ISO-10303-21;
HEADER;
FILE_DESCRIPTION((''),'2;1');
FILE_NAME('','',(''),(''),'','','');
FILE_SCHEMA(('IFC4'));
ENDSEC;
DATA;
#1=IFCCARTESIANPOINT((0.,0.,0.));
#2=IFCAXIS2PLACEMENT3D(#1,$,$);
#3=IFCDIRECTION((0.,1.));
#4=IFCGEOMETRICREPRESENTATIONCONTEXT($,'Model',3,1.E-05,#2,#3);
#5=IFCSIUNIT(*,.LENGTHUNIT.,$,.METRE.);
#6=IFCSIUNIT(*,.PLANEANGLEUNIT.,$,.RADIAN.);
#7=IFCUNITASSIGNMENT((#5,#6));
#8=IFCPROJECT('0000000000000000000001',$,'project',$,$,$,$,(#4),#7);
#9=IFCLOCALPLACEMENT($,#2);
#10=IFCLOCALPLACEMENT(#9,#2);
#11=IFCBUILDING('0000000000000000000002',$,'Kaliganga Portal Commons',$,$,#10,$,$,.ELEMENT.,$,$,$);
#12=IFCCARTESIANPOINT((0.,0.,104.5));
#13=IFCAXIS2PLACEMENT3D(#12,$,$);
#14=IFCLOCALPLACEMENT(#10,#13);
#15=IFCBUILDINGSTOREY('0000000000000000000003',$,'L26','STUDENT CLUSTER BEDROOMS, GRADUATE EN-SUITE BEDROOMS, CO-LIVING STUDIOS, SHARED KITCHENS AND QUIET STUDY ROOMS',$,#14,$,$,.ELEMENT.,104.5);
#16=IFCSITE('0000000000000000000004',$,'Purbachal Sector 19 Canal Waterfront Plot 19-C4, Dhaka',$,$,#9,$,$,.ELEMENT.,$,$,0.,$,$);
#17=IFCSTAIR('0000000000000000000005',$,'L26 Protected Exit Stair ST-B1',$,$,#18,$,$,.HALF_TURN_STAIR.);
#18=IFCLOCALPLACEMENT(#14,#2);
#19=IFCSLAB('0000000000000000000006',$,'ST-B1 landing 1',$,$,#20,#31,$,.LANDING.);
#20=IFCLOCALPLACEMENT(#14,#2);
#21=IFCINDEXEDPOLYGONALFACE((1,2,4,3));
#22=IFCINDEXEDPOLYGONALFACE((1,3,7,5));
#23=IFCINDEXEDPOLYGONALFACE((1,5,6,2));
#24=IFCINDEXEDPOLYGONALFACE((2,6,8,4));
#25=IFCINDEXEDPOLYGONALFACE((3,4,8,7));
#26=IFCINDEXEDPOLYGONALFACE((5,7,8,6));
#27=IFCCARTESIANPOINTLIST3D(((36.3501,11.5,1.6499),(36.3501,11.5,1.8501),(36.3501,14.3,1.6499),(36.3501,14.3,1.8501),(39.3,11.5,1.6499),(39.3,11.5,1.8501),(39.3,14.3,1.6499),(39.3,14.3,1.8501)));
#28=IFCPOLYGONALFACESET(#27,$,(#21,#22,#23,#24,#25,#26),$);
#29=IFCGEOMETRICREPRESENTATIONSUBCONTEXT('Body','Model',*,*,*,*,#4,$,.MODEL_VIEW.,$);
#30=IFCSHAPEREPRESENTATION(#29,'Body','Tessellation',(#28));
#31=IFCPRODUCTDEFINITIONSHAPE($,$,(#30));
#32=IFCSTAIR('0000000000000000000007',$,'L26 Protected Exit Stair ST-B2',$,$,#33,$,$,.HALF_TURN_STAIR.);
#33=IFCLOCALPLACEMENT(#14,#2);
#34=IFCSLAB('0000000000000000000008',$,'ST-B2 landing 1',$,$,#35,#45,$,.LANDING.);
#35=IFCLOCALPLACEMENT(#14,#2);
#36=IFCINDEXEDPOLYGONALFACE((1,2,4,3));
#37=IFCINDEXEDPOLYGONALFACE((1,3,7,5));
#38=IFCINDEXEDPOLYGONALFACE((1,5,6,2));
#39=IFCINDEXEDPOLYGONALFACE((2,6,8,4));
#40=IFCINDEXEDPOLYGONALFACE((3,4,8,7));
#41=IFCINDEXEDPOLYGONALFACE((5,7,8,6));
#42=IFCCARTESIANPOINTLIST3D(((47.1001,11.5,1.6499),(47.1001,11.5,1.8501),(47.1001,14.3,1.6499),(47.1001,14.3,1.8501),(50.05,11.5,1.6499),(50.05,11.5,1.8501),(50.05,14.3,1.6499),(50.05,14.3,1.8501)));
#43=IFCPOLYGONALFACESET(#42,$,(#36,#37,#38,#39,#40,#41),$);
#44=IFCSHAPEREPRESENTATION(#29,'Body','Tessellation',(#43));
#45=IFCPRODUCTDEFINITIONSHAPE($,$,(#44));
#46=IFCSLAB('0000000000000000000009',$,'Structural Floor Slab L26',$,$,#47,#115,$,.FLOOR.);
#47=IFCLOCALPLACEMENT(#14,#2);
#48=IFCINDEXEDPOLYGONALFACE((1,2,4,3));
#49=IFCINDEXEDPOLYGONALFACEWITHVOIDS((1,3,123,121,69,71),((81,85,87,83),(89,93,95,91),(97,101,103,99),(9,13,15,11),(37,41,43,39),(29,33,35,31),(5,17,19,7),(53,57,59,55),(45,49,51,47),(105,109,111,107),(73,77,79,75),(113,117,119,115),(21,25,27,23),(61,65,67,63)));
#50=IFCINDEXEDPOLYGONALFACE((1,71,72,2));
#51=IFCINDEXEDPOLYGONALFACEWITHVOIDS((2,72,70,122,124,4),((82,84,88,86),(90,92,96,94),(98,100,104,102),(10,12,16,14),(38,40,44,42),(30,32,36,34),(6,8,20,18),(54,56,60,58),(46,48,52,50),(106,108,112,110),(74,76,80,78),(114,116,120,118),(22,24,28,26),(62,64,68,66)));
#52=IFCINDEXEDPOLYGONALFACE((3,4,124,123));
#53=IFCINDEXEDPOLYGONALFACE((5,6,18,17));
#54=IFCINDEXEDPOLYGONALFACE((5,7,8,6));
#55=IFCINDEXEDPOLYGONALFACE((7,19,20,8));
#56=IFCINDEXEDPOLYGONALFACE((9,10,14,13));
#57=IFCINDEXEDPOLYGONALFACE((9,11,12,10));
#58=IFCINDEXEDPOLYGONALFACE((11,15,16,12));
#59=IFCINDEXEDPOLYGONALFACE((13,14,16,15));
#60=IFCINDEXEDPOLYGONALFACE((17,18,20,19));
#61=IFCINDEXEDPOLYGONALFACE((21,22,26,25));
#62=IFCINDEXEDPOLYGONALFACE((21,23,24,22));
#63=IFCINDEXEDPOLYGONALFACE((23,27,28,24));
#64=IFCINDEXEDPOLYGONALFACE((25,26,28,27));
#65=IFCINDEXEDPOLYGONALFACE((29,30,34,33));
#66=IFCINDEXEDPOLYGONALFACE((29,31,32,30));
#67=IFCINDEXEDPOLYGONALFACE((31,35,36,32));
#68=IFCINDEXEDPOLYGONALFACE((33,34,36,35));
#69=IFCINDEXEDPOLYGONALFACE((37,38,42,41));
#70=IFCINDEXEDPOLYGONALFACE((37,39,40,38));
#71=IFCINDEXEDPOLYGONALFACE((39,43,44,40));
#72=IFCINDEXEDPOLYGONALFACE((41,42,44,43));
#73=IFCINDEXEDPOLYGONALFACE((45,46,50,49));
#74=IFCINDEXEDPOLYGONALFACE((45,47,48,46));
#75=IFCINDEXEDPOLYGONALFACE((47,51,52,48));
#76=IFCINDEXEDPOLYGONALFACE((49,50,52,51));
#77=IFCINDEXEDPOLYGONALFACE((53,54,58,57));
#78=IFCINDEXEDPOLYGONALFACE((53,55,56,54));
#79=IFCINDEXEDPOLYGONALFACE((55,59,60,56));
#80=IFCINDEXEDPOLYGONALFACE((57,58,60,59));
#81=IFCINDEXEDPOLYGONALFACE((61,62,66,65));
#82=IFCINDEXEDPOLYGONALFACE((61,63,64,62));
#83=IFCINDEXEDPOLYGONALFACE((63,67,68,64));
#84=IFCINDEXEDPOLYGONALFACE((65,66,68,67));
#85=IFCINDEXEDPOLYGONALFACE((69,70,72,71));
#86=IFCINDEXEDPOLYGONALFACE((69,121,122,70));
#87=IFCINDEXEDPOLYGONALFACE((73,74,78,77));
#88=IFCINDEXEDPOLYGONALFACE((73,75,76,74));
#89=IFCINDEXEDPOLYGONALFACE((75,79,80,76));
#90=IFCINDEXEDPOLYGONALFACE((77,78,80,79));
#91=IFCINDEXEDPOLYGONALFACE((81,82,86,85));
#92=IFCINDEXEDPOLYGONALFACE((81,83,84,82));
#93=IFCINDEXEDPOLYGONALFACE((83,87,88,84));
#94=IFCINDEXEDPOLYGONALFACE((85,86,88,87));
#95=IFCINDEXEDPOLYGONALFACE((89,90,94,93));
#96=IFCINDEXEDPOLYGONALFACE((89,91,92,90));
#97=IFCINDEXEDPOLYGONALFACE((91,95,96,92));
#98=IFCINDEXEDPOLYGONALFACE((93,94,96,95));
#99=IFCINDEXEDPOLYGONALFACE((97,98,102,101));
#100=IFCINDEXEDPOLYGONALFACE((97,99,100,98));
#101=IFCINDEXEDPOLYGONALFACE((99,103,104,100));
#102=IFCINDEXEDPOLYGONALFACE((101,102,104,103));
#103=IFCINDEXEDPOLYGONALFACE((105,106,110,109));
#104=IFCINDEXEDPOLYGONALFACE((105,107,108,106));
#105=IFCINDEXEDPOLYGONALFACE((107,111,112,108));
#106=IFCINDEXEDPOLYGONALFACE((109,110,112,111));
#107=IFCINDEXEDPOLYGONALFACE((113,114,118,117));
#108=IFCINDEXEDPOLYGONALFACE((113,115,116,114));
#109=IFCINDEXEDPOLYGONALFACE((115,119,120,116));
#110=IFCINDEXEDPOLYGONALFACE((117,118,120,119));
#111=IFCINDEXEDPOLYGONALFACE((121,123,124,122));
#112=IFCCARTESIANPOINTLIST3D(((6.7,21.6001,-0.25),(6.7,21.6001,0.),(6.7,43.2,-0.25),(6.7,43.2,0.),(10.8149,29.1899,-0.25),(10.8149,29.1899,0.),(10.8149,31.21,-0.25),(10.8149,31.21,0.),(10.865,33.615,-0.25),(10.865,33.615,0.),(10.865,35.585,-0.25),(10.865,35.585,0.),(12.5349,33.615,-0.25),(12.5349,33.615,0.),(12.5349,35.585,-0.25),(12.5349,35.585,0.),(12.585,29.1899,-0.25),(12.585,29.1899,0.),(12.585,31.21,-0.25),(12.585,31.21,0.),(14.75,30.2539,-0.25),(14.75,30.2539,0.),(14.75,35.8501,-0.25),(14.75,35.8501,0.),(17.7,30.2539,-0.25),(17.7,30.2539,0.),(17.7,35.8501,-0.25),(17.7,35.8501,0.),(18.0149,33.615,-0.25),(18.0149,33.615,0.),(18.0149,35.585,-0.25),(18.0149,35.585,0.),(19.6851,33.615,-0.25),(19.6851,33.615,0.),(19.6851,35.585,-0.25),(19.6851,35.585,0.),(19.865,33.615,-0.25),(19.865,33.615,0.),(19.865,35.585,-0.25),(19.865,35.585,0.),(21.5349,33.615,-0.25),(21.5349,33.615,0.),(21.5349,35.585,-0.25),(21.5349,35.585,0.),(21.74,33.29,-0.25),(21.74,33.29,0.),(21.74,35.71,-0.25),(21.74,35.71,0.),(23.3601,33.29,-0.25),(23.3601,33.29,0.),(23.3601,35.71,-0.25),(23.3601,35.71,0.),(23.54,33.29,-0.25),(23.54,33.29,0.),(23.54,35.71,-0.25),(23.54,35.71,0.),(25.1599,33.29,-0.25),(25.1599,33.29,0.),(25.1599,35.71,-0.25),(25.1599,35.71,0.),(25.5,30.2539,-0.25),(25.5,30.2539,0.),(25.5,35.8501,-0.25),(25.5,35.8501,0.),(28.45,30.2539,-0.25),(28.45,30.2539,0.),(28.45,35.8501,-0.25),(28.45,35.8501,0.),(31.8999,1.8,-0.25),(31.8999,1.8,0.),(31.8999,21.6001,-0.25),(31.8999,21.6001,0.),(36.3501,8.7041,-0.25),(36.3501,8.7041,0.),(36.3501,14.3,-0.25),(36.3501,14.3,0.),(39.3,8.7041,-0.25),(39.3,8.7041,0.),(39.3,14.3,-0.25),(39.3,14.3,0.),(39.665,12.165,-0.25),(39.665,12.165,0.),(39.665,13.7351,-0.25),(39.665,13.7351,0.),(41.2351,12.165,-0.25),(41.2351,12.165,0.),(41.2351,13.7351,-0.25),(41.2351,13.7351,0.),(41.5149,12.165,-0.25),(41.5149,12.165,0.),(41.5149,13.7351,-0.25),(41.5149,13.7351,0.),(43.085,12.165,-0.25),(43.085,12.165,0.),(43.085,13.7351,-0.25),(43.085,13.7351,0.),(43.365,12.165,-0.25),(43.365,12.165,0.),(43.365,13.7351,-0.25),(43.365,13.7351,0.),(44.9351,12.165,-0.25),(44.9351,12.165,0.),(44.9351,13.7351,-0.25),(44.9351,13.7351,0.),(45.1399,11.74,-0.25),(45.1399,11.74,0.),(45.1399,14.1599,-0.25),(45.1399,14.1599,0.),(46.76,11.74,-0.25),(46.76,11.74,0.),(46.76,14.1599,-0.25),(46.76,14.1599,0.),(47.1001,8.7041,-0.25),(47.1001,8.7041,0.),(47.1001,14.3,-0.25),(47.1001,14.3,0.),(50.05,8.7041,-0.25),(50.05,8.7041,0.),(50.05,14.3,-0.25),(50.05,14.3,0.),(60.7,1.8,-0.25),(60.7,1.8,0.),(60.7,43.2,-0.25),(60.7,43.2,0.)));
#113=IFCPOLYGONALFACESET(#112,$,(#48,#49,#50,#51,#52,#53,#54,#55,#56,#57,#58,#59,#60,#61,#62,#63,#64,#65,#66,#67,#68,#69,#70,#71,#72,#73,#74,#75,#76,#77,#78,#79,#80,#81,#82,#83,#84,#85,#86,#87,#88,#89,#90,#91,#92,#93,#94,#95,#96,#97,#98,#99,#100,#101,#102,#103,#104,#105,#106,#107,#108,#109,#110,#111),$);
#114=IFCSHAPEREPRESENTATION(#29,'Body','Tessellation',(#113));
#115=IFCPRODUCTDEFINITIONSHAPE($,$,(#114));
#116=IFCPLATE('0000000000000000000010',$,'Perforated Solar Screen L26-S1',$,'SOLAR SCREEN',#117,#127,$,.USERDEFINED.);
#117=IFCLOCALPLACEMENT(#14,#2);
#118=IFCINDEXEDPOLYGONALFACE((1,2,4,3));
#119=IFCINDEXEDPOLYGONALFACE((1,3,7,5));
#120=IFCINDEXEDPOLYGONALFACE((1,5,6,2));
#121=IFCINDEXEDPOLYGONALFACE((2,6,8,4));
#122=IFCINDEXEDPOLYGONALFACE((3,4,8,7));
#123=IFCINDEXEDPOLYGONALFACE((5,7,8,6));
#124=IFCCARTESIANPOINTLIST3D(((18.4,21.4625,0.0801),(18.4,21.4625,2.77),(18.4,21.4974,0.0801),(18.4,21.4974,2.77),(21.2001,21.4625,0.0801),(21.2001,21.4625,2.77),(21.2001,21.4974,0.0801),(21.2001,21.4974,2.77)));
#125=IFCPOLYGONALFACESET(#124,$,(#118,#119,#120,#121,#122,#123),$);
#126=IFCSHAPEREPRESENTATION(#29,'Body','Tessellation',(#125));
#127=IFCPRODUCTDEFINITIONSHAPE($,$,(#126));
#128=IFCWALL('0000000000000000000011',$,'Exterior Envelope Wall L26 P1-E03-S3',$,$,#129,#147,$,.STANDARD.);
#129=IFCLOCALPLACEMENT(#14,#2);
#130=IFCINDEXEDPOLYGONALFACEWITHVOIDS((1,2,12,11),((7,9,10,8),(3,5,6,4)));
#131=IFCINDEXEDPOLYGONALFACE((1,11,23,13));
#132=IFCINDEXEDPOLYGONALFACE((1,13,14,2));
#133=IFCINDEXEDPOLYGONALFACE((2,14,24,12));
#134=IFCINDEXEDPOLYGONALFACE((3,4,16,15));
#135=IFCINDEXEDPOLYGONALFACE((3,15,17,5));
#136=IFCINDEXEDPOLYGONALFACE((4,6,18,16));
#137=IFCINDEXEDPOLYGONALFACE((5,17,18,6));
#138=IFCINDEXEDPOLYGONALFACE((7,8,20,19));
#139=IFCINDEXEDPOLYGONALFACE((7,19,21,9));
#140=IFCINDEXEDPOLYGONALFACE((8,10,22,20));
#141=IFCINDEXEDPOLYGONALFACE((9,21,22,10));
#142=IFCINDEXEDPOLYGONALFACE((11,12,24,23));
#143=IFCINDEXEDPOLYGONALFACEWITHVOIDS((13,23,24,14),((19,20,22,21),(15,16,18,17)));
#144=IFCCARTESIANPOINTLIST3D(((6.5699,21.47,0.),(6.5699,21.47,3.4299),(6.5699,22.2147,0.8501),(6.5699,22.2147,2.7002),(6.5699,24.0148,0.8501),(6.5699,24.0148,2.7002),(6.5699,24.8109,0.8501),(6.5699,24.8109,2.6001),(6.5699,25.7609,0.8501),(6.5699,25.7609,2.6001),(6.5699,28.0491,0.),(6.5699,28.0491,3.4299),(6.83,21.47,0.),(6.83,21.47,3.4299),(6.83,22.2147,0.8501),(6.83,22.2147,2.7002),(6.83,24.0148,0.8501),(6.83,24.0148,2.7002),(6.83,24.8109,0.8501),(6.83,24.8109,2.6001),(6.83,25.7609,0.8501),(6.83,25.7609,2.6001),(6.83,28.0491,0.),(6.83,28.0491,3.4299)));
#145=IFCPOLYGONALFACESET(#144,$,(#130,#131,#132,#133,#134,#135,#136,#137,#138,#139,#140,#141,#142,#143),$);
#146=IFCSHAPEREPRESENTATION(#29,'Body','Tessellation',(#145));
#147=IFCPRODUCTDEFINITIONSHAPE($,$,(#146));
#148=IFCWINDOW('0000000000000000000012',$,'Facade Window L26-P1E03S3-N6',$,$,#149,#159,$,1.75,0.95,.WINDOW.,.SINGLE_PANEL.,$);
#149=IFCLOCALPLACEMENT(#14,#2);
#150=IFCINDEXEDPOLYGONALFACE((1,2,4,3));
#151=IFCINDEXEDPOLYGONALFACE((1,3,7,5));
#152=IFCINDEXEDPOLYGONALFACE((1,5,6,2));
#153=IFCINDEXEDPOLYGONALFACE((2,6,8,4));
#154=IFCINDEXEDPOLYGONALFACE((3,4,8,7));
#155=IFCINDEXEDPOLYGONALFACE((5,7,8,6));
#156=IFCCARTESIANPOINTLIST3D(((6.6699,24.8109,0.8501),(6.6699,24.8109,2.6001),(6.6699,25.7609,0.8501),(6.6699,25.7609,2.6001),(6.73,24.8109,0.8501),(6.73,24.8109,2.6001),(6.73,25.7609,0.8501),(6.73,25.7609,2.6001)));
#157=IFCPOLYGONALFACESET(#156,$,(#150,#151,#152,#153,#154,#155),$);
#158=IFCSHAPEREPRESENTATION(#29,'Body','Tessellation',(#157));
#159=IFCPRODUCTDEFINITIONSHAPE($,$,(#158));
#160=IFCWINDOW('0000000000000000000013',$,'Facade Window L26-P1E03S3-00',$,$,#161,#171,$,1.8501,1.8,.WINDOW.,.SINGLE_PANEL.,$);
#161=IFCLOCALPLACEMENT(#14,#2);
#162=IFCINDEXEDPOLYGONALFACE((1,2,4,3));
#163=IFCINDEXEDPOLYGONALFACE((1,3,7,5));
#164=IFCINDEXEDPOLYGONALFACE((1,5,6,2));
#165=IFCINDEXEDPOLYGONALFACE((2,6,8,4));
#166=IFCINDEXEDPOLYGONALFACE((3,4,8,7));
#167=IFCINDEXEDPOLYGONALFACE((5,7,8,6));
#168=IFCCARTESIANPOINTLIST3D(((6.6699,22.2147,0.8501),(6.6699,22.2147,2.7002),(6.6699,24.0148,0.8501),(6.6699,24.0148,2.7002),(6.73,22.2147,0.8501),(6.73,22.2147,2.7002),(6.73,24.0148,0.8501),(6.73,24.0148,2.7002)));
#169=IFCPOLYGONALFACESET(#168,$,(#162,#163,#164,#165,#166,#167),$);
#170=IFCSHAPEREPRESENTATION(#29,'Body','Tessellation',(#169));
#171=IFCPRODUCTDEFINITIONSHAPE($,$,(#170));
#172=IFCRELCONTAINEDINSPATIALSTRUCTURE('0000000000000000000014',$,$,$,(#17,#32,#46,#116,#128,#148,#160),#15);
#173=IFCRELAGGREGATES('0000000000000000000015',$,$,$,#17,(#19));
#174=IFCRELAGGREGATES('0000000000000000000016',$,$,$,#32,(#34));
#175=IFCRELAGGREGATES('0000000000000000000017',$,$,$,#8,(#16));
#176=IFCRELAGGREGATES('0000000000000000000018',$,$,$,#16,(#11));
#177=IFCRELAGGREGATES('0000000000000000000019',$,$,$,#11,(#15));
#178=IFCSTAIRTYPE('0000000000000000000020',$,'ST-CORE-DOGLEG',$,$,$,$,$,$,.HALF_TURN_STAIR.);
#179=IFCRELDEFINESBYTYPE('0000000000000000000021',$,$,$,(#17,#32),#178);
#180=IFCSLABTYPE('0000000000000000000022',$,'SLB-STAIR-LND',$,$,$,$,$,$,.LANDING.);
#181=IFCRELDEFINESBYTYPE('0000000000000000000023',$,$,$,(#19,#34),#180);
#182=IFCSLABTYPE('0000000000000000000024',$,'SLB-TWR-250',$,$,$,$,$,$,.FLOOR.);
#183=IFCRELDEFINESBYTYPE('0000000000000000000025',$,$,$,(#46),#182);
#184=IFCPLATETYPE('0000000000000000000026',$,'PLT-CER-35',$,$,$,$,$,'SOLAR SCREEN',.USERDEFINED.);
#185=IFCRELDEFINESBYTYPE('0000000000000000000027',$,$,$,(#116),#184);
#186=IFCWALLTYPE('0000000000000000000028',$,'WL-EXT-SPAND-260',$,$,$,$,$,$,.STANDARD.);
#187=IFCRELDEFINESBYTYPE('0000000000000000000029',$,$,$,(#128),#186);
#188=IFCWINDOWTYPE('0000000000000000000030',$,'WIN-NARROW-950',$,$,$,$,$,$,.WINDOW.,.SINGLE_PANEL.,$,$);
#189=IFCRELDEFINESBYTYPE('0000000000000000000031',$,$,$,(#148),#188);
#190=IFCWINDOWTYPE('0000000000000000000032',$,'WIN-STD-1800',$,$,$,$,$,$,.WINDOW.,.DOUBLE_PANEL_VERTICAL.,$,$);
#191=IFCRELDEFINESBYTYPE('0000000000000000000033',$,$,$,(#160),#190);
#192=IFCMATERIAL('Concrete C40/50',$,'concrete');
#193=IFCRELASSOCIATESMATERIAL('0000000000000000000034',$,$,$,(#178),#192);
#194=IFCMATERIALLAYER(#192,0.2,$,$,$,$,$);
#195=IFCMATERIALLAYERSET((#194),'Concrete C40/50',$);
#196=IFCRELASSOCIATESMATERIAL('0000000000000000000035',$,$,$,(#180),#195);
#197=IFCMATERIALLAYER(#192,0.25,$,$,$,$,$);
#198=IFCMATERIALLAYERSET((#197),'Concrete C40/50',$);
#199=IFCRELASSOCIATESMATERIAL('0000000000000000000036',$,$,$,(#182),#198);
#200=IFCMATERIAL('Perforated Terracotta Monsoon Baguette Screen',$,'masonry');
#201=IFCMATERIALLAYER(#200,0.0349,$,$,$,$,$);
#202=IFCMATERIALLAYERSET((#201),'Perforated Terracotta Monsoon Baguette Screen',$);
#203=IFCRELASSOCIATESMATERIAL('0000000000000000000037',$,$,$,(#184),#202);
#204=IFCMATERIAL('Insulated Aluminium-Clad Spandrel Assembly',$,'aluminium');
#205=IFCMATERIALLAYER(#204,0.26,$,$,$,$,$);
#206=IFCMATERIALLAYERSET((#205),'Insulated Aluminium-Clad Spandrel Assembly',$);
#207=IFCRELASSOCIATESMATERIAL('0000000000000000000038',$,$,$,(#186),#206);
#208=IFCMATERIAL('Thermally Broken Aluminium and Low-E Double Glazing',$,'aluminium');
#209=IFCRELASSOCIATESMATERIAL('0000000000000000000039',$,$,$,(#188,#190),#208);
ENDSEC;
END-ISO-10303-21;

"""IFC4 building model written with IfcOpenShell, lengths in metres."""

from ifc_helpers import new_model, si_unit, direction, frame, frame_2d, origin, origin_2d, place, context, subcontext, project, spatial, polyline, rectangle, outline, extrude, source, transform, mapped, material, layer, layer_set, type_object, element, fill, aggregate, save


model = new_model("IFC4")

# Units and contexts
model_context = context("Model", 3, precision=1e-05, world=origin(), true_north=direction((0.0, 1.0)))
body_context = subcontext(model_context, "Body", "Model", "MODEL_VIEW")
ifc_project = project(units=[si_unit("LENGTHUNIT", "METRE"), si_unit("PLANEANGLEUNIT", "RADIAN")], contexts=[model_context])

# Site, building, storey
site_placement = place(None, origin())
site = spatial("IfcSite", under=ifc_project, at=site_placement, Name="Purbachal Sector 19 Canal Waterfront Plot 19-C4, Dhaka", CompositionType="ELEMENT", RefElevation=0.0)
building_placement = place(site_placement, origin())
building = spatial("IfcBuilding", under=site, at=building_placement, Name="Kaliganga Portal Commons", CompositionType="ELEMENT")
storey_placement = place(building_placement, frame((0.0, 0.0, 104.5)))
storey = spatial("IfcBuildingStorey", under=building, at=storey_placement, Name="L26", Description="STUDENT CLUSTER BEDROOMS, GRADUATE EN-SUITE BEDROOMS, CO-LIVING STUDIOS, SHARED KITCHENS AND QUIET STUDY ROOMS", CompositionType="ELEMENT", Elevation=104.5)

# Shared definitions
ifc_material_1 = material(Name="Concrete C40/50", Category="concrete")

# Stairs, slabs
stair_type = type_object("IfcStairType", Name="ST-CORE-DOGLEG", PredefinedType="HALF_TURN_STAIR", material=ifc_material_1)
ifc_layer_1 = layer(ifc_material_1, 0.2)
ifc_layer_set_1 = layer_set([ifc_layer_1], Name="Concrete C40/50")
slab_type_1 = type_object("IfcSlabType", Name="SLB-STAIR-LND", PredefinedType="LANDING", material=ifc_layer_set_1)
stair_1_placement = place(storey_placement, origin())
stair_1 = element("IfcStair", 1, at=stair_1_placement, inside=storey, type_object=stair_type, Name="L26 Protected Exit Stair ST-B1", PredefinedType="HALF_TURN_STAIR")
slab_1_placement = place(storey_placement, frame((0.0, 0.0, 1.6499)))
slab_1 = element("IfcSlab", 2, at=slab_1_placement, type_object=slab_type_1, Name="ST-B1 landing 1", PredefinedType="LANDING", context=body_context, shape_type="SweptSolid", body=[
    extrude(outline(polyline([(39.3, 11.5), (39.3, 14.3), (36.3501, 14.3), (36.3501, 11.5), (39.3, 11.5)])), origin(), (0.0, 0.0, 1.0), 0.2002),
])
aggregate(stair_1, [slab_1])
stair_2_placement = place(storey_placement, origin())
stair_2 = element("IfcStair", 3, at=stair_2_placement, inside=storey, type_object=stair_type, Name="L26 Protected Exit Stair ST-B2", PredefinedType="HALF_TURN_STAIR")
slab_2_placement = place(storey_placement, frame((0.0, 0.0, 1.6499)))
slab_2 = element("IfcSlab", 4, at=slab_2_placement, type_object=slab_type_1, Name="ST-B2 landing 1", PredefinedType="LANDING", context=body_context, shape_type="SweptSolid", body=[
    extrude(outline(polyline([(50.05, 11.5), (50.05, 14.3), (47.1001, 14.3), (47.1001, 11.5), (50.05, 11.5)])), origin(), (0.0, 0.0, 1.0), 0.2002),
])
aggregate(stair_2, [slab_2])

# Slab
ifc_layer_2 = layer(ifc_material_1, 0.25)
ifc_layer_set_2 = layer_set([ifc_layer_2], Name="Concrete C40/50")
slab_type_2 = type_object("IfcSlabType", Name="SLB-TWR-250", PredefinedType="FLOOR", material=ifc_layer_set_2)
slab_3_placement = place(storey_placement, frame((0.0, 0.0, -0.25)))
element("IfcSlab", 5, at=slab_3_placement, inside=storey, type_object=slab_type_2, Name="Structural Floor Slab L26", PredefinedType="FLOOR", context=body_context, shape_type="SweptSolid", body=[
    extrude(outline(polyline([(31.8999, 1.8), (60.7, 1.8), (60.7, 43.2), (6.7, 43.2), (6.7, 21.6001), (31.8999, 21.6001), (31.8999, 1.8)]), holes=[polyline([(14.75, 30.2539), (14.75, 35.8501), (17.7, 35.8501), (17.7, 30.2539), (14.75, 30.2539)]), polyline([(25.5, 30.2539), (25.5, 35.8501), (28.45, 35.8501), (28.45, 30.2539), (25.5, 30.2539)]), polyline([(36.3501, 8.7041), (36.3501, 14.3), (39.3, 14.3), (39.3, 8.7041), (36.3501, 8.7041)]), polyline([(47.1001, 8.7041), (47.1001, 14.3), (50.05, 14.3), (50.05, 8.7041), (47.1001, 8.7041)]), polyline([(18.0149, 33.615), (18.0149, 35.585), (19.6851, 35.585), (19.6851, 33.615), (18.0149, 33.615)]), polyline([(19.865, 33.615), (19.865, 35.585), (21.5349, 35.585), (21.5349, 33.615), (19.865, 33.615)]), polyline([(10.8149, 29.1899), (10.8149, 31.21), (12.585, 31.21), (12.585, 29.1899), (10.8149, 29.1899)]), polyline([(10.865, 33.615), (10.865, 35.585), (12.5349, 35.585), (12.5349, 33.615), (10.865, 33.615)]), polyline([(21.74, 33.29), (21.74, 35.71), (23.3601, 35.71), (23.3601, 33.29), (21.74, 33.29)]), polyline([(23.54, 33.29), (23.54, 35.71), (25.1599, 35.71), (25.1599, 33.29), (23.54, 33.29)]), polyline([(39.665, 12.165), (39.665, 13.7351), (41.2351, 13.7351), (41.2351, 12.165), (39.665, 12.165)]), polyline([(41.5149, 12.165), (41.5149, 13.7351), (43.085, 13.7351), (43.085, 12.165), (41.5149, 12.165)]), polyline([(43.365, 12.165), (43.365, 13.7351), (44.9351, 13.7351), (44.9351, 12.165), (43.365, 12.165)]), polyline([(45.1399, 11.74), (45.1399, 14.1599), (46.76, 14.1599), (46.76, 11.74), (45.1399, 11.74)])]), origin(), (0.0, 0.0, 1.0), 0.25),
])

# Plate
ifc_material_2 = material(Name="Perforated Terracotta Monsoon Baguette Screen", Category="masonry")
ifc_layer_3 = layer(ifc_material_2, 0.0349)
ifc_layer_set_3 = layer_set([ifc_layer_3], Name="Perforated Terracotta Monsoon Baguette Screen")
plate_type = type_object("IfcPlateType", Name="PLT-CER-35", ElementType="SOLAR SCREEN", PredefinedType="USERDEFINED", material=ifc_layer_set_3)
shared_shape_1 = source(origin(), body_context, "Body", "SweptSolid", [
    extrude(rectangle(XDim=2.8, YDim=0.0349, at=origin_2d()), origin(), (0.0, 0.0, 1.0), 2.6899),
])
plate_placement = place(storey_placement, frame((19.8, 21.48, 0.0801), z_axis=(0.0, 0.0, 1.0), x_axis=(1.0, 0.0, 0.0)))
element("IfcPlate", 6, at=plate_placement, inside=storey, type_object=plate_type, Name="Perforated Solar Screen L26-S1", ObjectType="SOLAR SCREEN", PredefinedType="USERDEFINED", context=body_context, shape_type="MappedRepresentation", body=[
    mapped(shared_shape_1, transform((0.0, 0.0, 0.0), x_axis=(1.0, 0.0, 0.0), y_axis=(0.0, 1.0, 0.0), z_axis=(0.0, 0.0, 1.0), scale=1.0)),
])

# Wall, openings, windows
ifc_material_3 = material(Name="Insulated Aluminium-Clad Spandrel Assembly", Category="aluminium")
ifc_layer_4 = layer(ifc_material_3, 0.26)
ifc_layer_set_4 = layer_set([ifc_layer_4], Name="Insulated Aluminium-Clad Spandrel Assembly")
wall_type_1 = type_object("IfcWallType", Name="WL-EXT-SPAND-260", PredefinedType="STANDARD", material=ifc_layer_set_4)
wall_1_placement = place(storey_placement, frame((6.7, 21.47, 0.0), z_axis=(0.0, 0.0, 1.0), x_axis=(0.0, 1.0, 0.0)))
wall_1 = element("IfcWall", 7, at=wall_1_placement, inside=storey, type_object=wall_type_1, Name="Exterior Envelope Wall L26 P1-E03-S3", PredefinedType="STANDARD", context=body_context, shape_type="SweptSolid", body=[
    extrude(rectangle(XDim=6.5791, YDim=0.26, at=frame_2d((3.2896, 0.0))), origin(), (0.0, 0.0, 1.0), 3.4299),
])
opening_1_placement = place(wall_1_placement, frame((0.7449, 0.0, 0.8501)))
opening_1 = element("IfcOpeningElement", 8, at=opening_1_placement, cuts=wall_1, PredefinedType="OPENING", context=body_context, shape_type="SweptSolid", body=[
    extrude(rectangle(XDim=1.8, YDim=1.8501, at=frame_2d((0.8999, 0.925))), frame((0.0, 0.1401, 0.0), z_axis=(0.0, -1.0, 0.0), x_axis=(1.0, 0.0, 0.0)), (0.0, 0.0, 1.0), 0.28),
])
opening_2_placement = place(wall_1_placement, frame((3.3408, 0.0, 0.8501)))
opening_2 = element("IfcOpeningElement", 9, at=opening_2_placement, cuts=wall_1, PredefinedType="OPENING", context=body_context, shape_type="SweptSolid", body=[
    extrude(rectangle(XDim=0.95, YDim=1.75, at=frame_2d((0.4751, 0.875))), frame((0.0, 0.1401, 0.0), z_axis=(0.0, -1.0, 0.0), x_axis=(1.0, 0.0, 0.0)), (0.0, 0.0, 1.0), 0.28),
])
ifc_material_4 = material(Name="Thermally Broken Aluminium and Low-E Double Glazing", Category="aluminium")
window_type_1 = type_object("IfcWindowType", Name="WIN-NARROW-950", PartitioningType="SINGLE_PANEL", PredefinedType="WINDOW", material=ifc_material_4)
window_1_placement = place(opening_2_placement, origin())
window_1 = element("IfcWindow", 10, at=window_1_placement, inside=storey, type_object=window_type_1, Name="Facade Window L26-P1E03S3-N6", OverallHeight=1.75, OverallWidth=0.95, PartitioningType="SINGLE_PANEL", PredefinedType="WINDOW", context=body_context, shape_type="SweptSolid", body=[
    extrude(rectangle(XDim=0.95, YDim=1.75, at=frame_2d((0.4751, 0.875))), frame((0.0, 0.03, 0.0), z_axis=(0.0, -1.0, 0.0), x_axis=(1.0, 0.0, 0.0)), (0.0, 0.0, 1.0), 0.0601),
])
fill(opening_2, window_1)
window_type_2 = type_object("IfcWindowType", Name="WIN-STD-1800", PartitioningType="DOUBLE_PANEL_VERTICAL", PredefinedType="WINDOW", material=ifc_material_4)
window_2_placement = place(opening_1_placement, origin())
window_2 = element("IfcWindow", 11, at=window_2_placement, inside=storey, type_object=window_type_2, Name="Facade Window L26-P1E03S3-00", OverallHeight=1.8501, OverallWidth=1.8, PartitioningType="SINGLE_PANEL", PredefinedType="WINDOW", context=body_context, shape_type="SweptSolid", body=[
    extrude(rectangle(XDim=1.8, YDim=1.8501, at=frame_2d((0.8999, 0.925))), frame((0.0, 0.03, 0.0), z_axis=(0.0, -1.0, 0.0), x_axis=(1.0, 0.0, 0.0)), (0.0, 0.0, 1.0), 0.0601),
])
fill(opening_1, window_2)

save(model, "model.ifc")
